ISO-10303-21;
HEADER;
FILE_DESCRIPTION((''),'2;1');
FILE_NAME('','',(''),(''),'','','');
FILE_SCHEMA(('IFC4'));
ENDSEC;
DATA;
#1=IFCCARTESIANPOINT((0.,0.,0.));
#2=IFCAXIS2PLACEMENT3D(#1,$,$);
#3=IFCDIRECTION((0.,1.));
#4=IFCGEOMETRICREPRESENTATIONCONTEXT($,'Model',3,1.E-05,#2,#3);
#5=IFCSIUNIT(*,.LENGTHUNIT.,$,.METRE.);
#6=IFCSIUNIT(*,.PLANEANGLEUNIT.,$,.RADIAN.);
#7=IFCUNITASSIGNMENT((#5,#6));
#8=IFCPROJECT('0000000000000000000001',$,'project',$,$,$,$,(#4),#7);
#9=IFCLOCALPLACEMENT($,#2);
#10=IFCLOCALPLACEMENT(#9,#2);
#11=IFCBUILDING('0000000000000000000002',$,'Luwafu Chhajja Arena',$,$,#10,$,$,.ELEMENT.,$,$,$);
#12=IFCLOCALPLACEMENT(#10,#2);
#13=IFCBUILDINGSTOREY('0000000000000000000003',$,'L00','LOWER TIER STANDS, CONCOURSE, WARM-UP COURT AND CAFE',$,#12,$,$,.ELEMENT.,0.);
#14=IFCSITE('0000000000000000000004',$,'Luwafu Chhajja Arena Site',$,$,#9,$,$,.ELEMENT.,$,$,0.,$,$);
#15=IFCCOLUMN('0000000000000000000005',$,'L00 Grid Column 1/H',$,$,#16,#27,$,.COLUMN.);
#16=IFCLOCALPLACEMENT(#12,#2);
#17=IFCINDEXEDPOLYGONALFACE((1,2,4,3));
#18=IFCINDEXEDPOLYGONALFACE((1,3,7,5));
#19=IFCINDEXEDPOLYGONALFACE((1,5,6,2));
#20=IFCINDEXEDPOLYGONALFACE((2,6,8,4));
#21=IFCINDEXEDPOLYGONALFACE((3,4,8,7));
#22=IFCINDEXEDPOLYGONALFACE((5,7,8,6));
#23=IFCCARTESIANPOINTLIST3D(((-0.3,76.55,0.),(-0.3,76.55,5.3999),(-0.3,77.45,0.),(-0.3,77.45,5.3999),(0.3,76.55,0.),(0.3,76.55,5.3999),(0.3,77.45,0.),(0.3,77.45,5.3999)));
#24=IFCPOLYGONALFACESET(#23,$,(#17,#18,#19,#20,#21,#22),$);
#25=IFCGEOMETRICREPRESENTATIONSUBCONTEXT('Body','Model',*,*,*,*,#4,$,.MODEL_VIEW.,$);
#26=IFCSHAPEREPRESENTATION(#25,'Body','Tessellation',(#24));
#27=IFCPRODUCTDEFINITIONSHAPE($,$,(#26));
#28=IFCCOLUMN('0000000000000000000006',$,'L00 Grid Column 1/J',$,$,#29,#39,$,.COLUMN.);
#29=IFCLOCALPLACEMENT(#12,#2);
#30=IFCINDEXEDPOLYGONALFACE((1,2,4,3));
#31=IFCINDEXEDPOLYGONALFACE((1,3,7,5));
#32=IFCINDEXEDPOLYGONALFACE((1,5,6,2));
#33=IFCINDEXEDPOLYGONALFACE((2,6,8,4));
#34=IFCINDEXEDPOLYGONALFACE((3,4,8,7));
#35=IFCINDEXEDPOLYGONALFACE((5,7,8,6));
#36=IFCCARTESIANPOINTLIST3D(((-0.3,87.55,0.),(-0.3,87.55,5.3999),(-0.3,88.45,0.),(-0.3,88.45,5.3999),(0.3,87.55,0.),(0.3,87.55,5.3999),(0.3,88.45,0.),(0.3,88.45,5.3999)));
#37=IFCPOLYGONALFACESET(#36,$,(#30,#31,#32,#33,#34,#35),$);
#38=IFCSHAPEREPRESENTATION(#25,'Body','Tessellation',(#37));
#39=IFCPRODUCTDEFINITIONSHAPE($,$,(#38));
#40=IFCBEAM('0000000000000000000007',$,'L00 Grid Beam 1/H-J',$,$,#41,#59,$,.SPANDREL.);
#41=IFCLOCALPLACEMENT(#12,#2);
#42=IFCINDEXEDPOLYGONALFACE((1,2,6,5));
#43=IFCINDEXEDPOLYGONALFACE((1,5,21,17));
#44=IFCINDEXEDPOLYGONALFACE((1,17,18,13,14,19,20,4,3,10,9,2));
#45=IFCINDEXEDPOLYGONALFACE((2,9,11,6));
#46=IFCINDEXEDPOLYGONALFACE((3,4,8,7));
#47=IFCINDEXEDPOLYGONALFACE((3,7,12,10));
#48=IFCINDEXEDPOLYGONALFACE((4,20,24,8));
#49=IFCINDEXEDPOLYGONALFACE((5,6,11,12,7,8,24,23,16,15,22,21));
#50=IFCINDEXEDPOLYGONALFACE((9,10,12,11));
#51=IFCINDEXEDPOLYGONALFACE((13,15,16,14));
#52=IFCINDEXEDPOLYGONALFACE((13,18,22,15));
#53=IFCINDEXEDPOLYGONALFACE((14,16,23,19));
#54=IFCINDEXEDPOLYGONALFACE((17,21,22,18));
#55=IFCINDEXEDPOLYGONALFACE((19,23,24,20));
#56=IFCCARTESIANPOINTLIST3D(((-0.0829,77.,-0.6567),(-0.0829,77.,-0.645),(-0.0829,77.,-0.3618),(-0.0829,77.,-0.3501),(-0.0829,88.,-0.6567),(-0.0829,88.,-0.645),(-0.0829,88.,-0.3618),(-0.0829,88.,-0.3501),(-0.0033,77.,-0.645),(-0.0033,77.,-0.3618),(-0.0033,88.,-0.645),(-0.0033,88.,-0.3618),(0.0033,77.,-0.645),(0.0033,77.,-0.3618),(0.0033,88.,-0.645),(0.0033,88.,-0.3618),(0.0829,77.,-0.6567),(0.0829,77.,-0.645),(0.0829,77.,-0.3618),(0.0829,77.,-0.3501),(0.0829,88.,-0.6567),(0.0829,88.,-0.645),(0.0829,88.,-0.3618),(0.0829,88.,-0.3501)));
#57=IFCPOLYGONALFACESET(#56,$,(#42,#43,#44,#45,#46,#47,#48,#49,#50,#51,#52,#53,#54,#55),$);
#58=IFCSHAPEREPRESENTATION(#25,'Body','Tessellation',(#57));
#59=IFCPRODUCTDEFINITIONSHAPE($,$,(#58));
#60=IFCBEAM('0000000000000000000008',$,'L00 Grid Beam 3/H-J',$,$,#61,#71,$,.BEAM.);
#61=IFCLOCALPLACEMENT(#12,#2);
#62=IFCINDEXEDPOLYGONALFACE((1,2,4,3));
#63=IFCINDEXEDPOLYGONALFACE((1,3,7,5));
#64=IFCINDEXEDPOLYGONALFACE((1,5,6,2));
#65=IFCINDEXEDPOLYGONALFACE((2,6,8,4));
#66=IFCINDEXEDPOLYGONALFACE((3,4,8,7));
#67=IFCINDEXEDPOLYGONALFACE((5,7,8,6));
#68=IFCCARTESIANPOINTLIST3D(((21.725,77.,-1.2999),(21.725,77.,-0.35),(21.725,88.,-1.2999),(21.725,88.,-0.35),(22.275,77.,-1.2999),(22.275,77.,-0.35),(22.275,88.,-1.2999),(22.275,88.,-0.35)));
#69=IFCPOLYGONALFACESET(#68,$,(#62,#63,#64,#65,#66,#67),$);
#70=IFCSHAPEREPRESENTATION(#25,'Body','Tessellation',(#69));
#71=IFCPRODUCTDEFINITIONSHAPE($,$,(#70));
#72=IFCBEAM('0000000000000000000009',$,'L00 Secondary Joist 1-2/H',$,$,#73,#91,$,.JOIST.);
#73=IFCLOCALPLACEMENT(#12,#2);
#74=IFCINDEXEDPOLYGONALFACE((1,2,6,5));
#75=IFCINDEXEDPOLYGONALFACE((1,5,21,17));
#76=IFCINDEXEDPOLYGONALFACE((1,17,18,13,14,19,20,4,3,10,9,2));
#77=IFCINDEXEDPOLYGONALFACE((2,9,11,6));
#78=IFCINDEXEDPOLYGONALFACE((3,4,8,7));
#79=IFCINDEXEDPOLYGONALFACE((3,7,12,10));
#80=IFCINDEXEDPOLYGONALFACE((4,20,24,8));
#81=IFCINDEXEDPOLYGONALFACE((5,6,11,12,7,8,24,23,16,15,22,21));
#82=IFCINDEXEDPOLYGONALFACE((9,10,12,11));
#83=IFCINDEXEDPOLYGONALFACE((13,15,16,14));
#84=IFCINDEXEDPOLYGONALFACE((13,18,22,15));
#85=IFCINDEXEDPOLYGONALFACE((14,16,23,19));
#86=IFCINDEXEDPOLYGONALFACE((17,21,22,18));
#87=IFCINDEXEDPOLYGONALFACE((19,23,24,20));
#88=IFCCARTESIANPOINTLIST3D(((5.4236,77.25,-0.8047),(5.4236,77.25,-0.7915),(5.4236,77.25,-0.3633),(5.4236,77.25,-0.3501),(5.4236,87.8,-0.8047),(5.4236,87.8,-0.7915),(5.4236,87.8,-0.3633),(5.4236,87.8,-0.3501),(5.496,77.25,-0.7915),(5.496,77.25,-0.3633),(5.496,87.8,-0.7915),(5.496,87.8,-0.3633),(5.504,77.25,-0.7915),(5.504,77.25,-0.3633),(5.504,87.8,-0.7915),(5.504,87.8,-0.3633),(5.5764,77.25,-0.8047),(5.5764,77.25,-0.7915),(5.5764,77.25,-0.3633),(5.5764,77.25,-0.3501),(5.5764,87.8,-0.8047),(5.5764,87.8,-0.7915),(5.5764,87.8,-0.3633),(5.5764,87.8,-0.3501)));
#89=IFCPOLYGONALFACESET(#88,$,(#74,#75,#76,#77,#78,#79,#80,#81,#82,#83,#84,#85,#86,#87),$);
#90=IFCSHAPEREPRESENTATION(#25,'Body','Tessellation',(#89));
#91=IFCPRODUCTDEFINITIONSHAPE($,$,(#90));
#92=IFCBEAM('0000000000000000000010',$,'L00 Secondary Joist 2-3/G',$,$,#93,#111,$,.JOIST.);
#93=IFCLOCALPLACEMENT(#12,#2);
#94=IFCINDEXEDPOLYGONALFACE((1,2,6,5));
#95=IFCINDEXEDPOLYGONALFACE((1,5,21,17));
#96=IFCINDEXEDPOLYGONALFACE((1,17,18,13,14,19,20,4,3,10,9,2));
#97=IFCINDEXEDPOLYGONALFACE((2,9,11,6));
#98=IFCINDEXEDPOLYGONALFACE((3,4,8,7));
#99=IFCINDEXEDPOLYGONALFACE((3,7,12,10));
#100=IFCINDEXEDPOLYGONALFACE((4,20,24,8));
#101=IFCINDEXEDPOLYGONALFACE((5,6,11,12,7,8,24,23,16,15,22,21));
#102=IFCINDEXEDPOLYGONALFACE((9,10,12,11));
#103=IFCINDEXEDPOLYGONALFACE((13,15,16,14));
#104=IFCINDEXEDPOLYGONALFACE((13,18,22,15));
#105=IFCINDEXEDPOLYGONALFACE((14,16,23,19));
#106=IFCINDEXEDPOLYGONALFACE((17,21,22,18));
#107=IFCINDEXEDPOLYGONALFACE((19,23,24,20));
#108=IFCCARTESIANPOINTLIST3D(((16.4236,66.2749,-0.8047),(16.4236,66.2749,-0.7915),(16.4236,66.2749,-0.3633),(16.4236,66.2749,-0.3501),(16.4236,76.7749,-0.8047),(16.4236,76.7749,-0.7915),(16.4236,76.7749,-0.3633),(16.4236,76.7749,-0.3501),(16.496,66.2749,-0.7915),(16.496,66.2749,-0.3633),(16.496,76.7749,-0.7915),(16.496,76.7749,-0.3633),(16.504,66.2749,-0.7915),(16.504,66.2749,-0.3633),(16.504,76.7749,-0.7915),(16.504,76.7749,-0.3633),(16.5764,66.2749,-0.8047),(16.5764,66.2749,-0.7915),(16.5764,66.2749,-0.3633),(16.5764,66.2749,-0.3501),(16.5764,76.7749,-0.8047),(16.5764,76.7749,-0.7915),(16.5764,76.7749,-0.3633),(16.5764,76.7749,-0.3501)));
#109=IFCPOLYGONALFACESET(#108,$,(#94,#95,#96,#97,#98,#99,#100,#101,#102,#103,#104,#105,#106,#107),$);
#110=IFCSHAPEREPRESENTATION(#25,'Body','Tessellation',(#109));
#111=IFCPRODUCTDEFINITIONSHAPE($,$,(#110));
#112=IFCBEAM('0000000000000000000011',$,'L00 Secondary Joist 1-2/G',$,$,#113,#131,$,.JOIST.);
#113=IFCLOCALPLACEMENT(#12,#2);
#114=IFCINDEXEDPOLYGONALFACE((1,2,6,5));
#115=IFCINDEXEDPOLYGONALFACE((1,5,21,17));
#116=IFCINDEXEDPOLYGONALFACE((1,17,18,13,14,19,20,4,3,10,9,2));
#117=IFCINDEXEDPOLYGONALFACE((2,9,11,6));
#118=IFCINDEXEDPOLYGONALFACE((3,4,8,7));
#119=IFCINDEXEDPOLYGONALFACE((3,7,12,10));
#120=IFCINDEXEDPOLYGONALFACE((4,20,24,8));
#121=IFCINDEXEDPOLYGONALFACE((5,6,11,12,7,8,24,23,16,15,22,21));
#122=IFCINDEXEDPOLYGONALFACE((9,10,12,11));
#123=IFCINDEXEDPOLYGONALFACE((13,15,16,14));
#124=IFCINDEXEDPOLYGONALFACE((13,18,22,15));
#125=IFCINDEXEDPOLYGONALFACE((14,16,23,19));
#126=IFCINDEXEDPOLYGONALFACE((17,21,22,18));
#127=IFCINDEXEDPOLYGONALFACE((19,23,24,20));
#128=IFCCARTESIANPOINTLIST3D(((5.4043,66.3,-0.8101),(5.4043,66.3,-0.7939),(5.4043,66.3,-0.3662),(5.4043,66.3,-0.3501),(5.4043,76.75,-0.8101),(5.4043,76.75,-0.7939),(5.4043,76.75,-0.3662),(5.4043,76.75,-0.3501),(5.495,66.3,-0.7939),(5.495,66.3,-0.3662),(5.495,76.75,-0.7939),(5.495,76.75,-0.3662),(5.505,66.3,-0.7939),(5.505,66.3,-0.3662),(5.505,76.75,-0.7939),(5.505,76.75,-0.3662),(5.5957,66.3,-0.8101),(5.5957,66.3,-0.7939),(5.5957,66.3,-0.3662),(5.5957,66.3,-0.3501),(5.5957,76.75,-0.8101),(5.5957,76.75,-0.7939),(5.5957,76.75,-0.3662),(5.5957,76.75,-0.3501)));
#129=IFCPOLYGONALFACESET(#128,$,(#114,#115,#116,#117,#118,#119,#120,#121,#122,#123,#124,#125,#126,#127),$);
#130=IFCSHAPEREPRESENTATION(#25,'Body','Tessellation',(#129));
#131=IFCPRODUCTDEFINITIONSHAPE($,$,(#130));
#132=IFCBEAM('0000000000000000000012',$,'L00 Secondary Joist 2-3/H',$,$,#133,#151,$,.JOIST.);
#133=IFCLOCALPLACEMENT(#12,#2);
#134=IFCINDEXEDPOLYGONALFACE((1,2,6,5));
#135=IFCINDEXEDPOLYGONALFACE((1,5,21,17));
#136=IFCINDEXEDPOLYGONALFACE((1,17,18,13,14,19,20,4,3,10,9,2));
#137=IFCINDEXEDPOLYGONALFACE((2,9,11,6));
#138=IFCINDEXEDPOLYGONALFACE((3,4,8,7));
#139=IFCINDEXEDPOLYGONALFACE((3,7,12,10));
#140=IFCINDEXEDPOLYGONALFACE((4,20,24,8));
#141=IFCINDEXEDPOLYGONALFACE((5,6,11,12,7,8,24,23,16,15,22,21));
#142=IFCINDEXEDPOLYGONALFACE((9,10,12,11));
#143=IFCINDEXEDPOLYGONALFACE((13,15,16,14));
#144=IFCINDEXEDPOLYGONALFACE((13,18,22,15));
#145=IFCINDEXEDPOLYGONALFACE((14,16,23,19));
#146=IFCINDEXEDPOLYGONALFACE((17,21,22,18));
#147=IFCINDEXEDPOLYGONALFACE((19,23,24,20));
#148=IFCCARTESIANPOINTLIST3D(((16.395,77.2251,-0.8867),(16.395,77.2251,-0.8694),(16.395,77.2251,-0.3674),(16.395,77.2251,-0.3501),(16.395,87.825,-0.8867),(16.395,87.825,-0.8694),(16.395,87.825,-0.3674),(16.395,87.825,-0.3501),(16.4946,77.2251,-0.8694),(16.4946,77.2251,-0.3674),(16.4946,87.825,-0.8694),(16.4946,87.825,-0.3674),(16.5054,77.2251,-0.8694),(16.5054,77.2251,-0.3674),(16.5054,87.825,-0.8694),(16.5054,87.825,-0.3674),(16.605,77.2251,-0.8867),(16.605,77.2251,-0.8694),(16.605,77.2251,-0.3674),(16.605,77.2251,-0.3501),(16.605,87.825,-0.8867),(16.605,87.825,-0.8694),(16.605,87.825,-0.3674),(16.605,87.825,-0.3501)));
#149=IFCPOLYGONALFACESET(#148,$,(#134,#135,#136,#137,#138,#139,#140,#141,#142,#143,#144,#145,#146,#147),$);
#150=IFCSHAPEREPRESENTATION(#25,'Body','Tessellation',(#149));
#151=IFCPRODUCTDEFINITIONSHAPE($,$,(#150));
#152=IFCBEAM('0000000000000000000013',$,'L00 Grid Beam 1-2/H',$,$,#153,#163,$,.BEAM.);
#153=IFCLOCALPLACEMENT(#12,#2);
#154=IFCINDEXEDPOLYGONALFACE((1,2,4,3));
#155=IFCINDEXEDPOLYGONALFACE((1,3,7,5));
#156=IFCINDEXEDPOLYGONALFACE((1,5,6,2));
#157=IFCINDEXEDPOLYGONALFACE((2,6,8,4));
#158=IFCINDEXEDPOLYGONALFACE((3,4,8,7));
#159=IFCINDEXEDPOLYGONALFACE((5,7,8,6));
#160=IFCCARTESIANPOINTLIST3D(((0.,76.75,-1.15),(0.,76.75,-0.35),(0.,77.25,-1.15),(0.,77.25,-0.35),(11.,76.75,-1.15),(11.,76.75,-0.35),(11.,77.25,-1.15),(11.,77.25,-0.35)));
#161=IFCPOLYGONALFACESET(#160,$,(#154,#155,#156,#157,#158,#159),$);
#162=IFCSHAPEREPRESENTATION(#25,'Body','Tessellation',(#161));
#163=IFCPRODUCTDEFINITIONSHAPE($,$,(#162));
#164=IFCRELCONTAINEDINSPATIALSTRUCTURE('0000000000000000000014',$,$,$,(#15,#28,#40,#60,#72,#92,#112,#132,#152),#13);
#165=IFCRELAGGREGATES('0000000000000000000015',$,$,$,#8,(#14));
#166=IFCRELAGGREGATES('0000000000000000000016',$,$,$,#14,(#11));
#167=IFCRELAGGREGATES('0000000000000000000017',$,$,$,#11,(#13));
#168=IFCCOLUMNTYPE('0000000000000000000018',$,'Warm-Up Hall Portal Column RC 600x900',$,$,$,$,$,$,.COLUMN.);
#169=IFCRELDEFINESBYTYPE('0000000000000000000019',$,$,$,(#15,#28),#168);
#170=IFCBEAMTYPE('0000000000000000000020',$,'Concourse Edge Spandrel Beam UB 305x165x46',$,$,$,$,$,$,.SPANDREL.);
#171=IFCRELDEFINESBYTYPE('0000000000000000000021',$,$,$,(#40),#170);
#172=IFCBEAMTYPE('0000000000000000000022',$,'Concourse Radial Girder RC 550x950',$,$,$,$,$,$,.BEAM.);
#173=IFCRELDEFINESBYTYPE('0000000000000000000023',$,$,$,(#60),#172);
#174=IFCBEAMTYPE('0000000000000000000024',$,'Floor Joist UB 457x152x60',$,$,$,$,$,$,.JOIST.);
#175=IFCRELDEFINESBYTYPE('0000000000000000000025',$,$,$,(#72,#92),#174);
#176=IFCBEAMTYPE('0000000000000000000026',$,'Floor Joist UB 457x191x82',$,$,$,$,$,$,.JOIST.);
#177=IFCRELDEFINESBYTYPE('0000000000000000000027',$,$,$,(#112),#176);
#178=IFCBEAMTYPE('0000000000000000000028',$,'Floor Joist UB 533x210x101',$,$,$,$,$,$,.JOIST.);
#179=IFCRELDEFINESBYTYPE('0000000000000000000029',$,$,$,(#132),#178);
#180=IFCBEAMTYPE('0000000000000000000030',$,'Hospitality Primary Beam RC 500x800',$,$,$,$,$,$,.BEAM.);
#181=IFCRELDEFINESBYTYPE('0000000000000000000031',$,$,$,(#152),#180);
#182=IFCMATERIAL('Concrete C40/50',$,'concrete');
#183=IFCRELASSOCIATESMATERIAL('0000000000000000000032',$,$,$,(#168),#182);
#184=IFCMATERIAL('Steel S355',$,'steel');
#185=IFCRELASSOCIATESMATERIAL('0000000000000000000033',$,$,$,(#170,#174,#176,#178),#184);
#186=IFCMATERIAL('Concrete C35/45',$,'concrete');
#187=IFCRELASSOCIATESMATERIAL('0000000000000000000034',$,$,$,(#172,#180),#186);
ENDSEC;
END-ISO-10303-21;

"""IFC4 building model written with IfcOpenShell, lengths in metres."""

from ifc_helpers import new_model, si_unit, direction, frame, origin, origin_2d, place, context, subcontext, project, spatial, rectangle, i_section, extrude, material, material_profile, profile_set, type_object, element, save


model = new_model("IFC4")

# Units and contexts
model_context = context("Model", 3, precision=1e-05, world=origin(), true_north=direction((0.0, 1.0)))
body_context = subcontext(model_context, "Body", "Model", "MODEL_VIEW")
ifc_project = project(units=[si_unit("LENGTHUNIT", "METRE"), si_unit("PLANEANGLEUNIT", "RADIAN")], contexts=[model_context])

# Site, building, storey
site_placement = place(None, origin())
site = spatial("IfcSite", under=ifc_project, at=site_placement, Name="Luwafu Chhajja Arena Site", CompositionType="ELEMENT", RefElevation=0.0)
building_placement = place(site_placement, origin())
building = spatial("IfcBuilding", under=site, at=building_placement, Name="Luwafu Chhajja Arena", CompositionType="ELEMENT")
storey_placement = place(building_placement, origin())
storey = spatial("IfcBuildingStorey", under=building, at=storey_placement, Name="L00", Description="LOWER TIER STANDS, CONCOURSE, WARM-UP COURT AND CAFE", CompositionType="ELEMENT", Elevation=0.0)

# Columns
ifc_material_1 = material(Name="Concrete C40/50", Category="concrete")
ifc_material_profile_1 = material_profile(ifc_material_1, rectangle(XDim=0.6001, YDim=0.8999, at=origin_2d()), Name="RC 600x900")
ifc_profile_set_1 = profile_set([ifc_material_profile_1], Name="Concrete C40/50")
column_type = type_object("IfcColumnType", Name="Warm-Up Hall Portal Column RC 600x900", PredefinedType="COLUMN", material=ifc_profile_set_1)
for number, where, z_axis, x_axis, name in (
    (1, (0.0, 77.0, 0.0), (0.0, 0.0, 1.0), (1.0, 0.0, 0.0), "L00 Grid Column 1/H"),
    (2, (0.0, 88.0, 0.0), (0.0, 0.0, 1.0), (1.0, 0.0, 0.0), "L00 Grid Column 1/J"),
):
    element("IfcColumn", number, at=place(storey_placement, frame(where, z_axis=z_axis, x_axis=x_axis)), inside=storey, type_object=column_type, Name=name, PredefinedType="COLUMN", context=body_context, shape_type="SweptSolid", body=[
        extrude(rectangle(XDim=0.6001, YDim=0.8999, at=origin_2d()), origin(), (0.0, 0.0, 1.0), 5.3999),
    ])

# Beams
ifc_material_2 = material(Name="Steel S355", Category="steel")
ifc_material_profile_2 = material_profile(ifc_material_2, i_section(OverallWidth=0.1658, OverallDepth=0.3066, WebThickness=0.0066, FlangeThickness=0.0117, at=origin_2d()), Name="UB 305x165x46")
ifc_profile_set_2 = profile_set([ifc_material_profile_2], Name="Steel S355")
beam_type_1 = type_object("IfcBeamType", Name="Concourse Edge Spandrel Beam UB 305x165x46", PredefinedType="SPANDREL", material=ifc_profile_set_2)
beam_1_placement = place(storey_placement, frame((0.0, 77.0, -0.5034), z_axis=(0.0, 1.0, 0.0), x_axis=(-1.0, 0.0, 0.0)))
element("IfcBeam", 3, at=beam_1_placement, inside=storey, type_object=beam_type_1, Name="L00 Grid Beam 1/H-J", PredefinedType="SPANDREL", context=body_context, shape_type="SweptSolid", body=[
    extrude(i_section(OverallWidth=0.1658, OverallDepth=0.3066, WebThickness=0.0066, FlangeThickness=0.0117, at=origin_2d()), origin(), (0.0, 0.0, 1.0), 11.0),
])
ifc_material_3 = material(Name="Concrete C35/45", Category="concrete")
ifc_material_profile_3 = material_profile(ifc_material_3, rectangle(XDim=0.55, YDim=0.95, at=origin_2d()), Name="RC 550x950")
ifc_profile_set_3 = profile_set([ifc_material_profile_3], Name="Concrete C35/45")
beam_type_2 = type_object("IfcBeamType", Name="Concourse Radial Girder RC 550x950", PredefinedType="BEAM", material=ifc_profile_set_3)
beam_2_placement = place(storey_placement, frame((22.0, 77.0, -0.825), z_axis=(0.0, 1.0, 0.0), x_axis=(-1.0, 0.0, 0.0)))
element("IfcBeam", 4, at=beam_2_placement, inside=storey, type_object=beam_type_2, Name="L00 Grid Beam 3/H-J", PredefinedType="BEAM", context=body_context, shape_type="SweptSolid", body=[
    extrude(rectangle(XDim=0.55, YDim=0.95, at=origin_2d()), origin(), (0.0, 0.0, 1.0), 11.0),
])
ifc_material_profile_4 = material_profile(ifc_material_2, i_section(OverallWidth=0.1528, OverallDepth=0.4546, WebThickness=0.0081, FlangeThickness=0.0132, at=origin_2d()), Name="UB 457x152x60")
ifc_profile_set_4 = profile_set([ifc_material_profile_4], Name="Steel S355")
beam_type_3 = type_object("IfcBeamType", Name="Floor Joist UB 457x152x60", PredefinedType="JOIST", material=ifc_profile_set_4)
beam_3_placement = place(storey_placement, frame((5.5, 77.25, -0.5774), z_axis=(0.0, 1.0, 0.0), x_axis=(-1.0, 0.0, 0.0)))
element("IfcBeam", 5, at=beam_3_placement, inside=storey, type_object=beam_type_3, Name="L00 Secondary Joist 1-2/H", PredefinedType="JOIST", context=body_context, shape_type="SweptSolid", body=[
    extrude(i_section(OverallWidth=0.1528, OverallDepth=0.4546, WebThickness=0.0081, FlangeThickness=0.0132, at=origin_2d()), origin(), (0.0, 0.0, 1.0), 10.55),
])
beam_4_placement = place(storey_placement, frame((16.5, 66.2749, -0.5774), z_axis=(0.0, 1.0, 0.0), x_axis=(-1.0, 0.0, 0.0)))
element("IfcBeam", 6, at=beam_4_placement, inside=storey, type_object=beam_type_3, Name="L00 Secondary Joist 2-3/G", PredefinedType="JOIST", context=body_context, shape_type="SweptSolid", body=[
    extrude(i_section(OverallWidth=0.1528, OverallDepth=0.4546, WebThickness=0.0081, FlangeThickness=0.0132, at=origin_2d()), origin(), (0.0, 0.0, 1.0), 10.5),
])
ifc_material_profile_5 = material_profile(ifc_material_2, i_section(OverallWidth=0.1914, OverallDepth=0.46, WebThickness=0.01, FlangeThickness=0.0161, at=origin_2d()), Name="UB 457x191x82")
ifc_profile_set_5 = profile_set([ifc_material_profile_5], Name="Steel S355")
beam_type_4 = type_object("IfcBeamType", Name="Floor Joist UB 457x191x82", PredefinedType="JOIST", material=ifc_profile_set_5)
beam_5_placement = place(storey_placement, frame((5.5, 66.3, -0.5801), z_axis=(0.0, 1.0, 0.0), x_axis=(-1.0, 0.0, 0.0)))
element("IfcBeam", 7, at=beam_5_placement, inside=storey, type_object=beam_type_4, Name="L00 Secondary Joist 1-2/G", PredefinedType="JOIST", context=body_context, shape_type="SweptSolid", body=[
    extrude(i_section(OverallWidth=0.1914, OverallDepth=0.46, WebThickness=0.01, FlangeThickness=0.0161, at=origin_2d()), origin(), (0.0, 0.0, 1.0), 10.45),
])
ifc_material_profile_6 = material_profile(ifc_material_2, i_section(OverallWidth=0.21, OverallDepth=0.5366, WebThickness=0.0107, FlangeThickness=0.0173, at=origin_2d()), Name="UB 533x210x101")
ifc_profile_set_6 = profile_set([ifc_material_profile_6], Name="Steel S355")
beam_type_5 = type_object("IfcBeamType", Name="Floor Joist UB 533x210x101", PredefinedType="JOIST", material=ifc_profile_set_6)
beam_6_placement = place(storey_placement, frame((16.5, 77.2251, -0.6184), z_axis=(0.0, 1.0, 0.0), x_axis=(-1.0, 0.0, 0.0)))
element("IfcBeam", 8, at=beam_6_placement, inside=storey, type_object=beam_type_5, Name="L00 Secondary Joist 2-3/H", PredefinedType="JOIST", context=body_context, shape_type="SweptSolid", body=[
    extrude(i_section(OverallWidth=0.21, OverallDepth=0.5366, WebThickness=0.0107, FlangeThickness=0.0173, at=origin_2d()), origin(), (0.0, 0.0, 1.0), 10.5999),
])
ifc_material_profile_7 = material_profile(ifc_material_3, rectangle(XDim=0.5, YDim=0.8, at=origin_2d()), Name="RC 500x800")
ifc_profile_set_7 = profile_set([ifc_material_profile_7], Name="Concrete C35/45")
beam_type_6 = type_object("IfcBeamType", Name="Hospitality Primary Beam RC 500x800", PredefinedType="BEAM", material=ifc_profile_set_7)
beam_7_placement = place(storey_placement, frame((0.0, 77.0, -0.75), z_axis=(1.0, 0.0, 0.0), x_axis=(0.0, 1.0, 0.0)))
element("IfcBeam", 9, at=beam_7_placement, inside=storey, type_object=beam_type_6, Name="L00 Grid Beam 1-2/H", PredefinedType="BEAM", context=body_context, shape_type="SweptSolid", body=[
    extrude(rectangle(XDim=0.5, YDim=0.8, at=origin_2d()), origin(), (0.0, 0.0, 1.0), 11.0),
])

save(model, "model.ifc")
